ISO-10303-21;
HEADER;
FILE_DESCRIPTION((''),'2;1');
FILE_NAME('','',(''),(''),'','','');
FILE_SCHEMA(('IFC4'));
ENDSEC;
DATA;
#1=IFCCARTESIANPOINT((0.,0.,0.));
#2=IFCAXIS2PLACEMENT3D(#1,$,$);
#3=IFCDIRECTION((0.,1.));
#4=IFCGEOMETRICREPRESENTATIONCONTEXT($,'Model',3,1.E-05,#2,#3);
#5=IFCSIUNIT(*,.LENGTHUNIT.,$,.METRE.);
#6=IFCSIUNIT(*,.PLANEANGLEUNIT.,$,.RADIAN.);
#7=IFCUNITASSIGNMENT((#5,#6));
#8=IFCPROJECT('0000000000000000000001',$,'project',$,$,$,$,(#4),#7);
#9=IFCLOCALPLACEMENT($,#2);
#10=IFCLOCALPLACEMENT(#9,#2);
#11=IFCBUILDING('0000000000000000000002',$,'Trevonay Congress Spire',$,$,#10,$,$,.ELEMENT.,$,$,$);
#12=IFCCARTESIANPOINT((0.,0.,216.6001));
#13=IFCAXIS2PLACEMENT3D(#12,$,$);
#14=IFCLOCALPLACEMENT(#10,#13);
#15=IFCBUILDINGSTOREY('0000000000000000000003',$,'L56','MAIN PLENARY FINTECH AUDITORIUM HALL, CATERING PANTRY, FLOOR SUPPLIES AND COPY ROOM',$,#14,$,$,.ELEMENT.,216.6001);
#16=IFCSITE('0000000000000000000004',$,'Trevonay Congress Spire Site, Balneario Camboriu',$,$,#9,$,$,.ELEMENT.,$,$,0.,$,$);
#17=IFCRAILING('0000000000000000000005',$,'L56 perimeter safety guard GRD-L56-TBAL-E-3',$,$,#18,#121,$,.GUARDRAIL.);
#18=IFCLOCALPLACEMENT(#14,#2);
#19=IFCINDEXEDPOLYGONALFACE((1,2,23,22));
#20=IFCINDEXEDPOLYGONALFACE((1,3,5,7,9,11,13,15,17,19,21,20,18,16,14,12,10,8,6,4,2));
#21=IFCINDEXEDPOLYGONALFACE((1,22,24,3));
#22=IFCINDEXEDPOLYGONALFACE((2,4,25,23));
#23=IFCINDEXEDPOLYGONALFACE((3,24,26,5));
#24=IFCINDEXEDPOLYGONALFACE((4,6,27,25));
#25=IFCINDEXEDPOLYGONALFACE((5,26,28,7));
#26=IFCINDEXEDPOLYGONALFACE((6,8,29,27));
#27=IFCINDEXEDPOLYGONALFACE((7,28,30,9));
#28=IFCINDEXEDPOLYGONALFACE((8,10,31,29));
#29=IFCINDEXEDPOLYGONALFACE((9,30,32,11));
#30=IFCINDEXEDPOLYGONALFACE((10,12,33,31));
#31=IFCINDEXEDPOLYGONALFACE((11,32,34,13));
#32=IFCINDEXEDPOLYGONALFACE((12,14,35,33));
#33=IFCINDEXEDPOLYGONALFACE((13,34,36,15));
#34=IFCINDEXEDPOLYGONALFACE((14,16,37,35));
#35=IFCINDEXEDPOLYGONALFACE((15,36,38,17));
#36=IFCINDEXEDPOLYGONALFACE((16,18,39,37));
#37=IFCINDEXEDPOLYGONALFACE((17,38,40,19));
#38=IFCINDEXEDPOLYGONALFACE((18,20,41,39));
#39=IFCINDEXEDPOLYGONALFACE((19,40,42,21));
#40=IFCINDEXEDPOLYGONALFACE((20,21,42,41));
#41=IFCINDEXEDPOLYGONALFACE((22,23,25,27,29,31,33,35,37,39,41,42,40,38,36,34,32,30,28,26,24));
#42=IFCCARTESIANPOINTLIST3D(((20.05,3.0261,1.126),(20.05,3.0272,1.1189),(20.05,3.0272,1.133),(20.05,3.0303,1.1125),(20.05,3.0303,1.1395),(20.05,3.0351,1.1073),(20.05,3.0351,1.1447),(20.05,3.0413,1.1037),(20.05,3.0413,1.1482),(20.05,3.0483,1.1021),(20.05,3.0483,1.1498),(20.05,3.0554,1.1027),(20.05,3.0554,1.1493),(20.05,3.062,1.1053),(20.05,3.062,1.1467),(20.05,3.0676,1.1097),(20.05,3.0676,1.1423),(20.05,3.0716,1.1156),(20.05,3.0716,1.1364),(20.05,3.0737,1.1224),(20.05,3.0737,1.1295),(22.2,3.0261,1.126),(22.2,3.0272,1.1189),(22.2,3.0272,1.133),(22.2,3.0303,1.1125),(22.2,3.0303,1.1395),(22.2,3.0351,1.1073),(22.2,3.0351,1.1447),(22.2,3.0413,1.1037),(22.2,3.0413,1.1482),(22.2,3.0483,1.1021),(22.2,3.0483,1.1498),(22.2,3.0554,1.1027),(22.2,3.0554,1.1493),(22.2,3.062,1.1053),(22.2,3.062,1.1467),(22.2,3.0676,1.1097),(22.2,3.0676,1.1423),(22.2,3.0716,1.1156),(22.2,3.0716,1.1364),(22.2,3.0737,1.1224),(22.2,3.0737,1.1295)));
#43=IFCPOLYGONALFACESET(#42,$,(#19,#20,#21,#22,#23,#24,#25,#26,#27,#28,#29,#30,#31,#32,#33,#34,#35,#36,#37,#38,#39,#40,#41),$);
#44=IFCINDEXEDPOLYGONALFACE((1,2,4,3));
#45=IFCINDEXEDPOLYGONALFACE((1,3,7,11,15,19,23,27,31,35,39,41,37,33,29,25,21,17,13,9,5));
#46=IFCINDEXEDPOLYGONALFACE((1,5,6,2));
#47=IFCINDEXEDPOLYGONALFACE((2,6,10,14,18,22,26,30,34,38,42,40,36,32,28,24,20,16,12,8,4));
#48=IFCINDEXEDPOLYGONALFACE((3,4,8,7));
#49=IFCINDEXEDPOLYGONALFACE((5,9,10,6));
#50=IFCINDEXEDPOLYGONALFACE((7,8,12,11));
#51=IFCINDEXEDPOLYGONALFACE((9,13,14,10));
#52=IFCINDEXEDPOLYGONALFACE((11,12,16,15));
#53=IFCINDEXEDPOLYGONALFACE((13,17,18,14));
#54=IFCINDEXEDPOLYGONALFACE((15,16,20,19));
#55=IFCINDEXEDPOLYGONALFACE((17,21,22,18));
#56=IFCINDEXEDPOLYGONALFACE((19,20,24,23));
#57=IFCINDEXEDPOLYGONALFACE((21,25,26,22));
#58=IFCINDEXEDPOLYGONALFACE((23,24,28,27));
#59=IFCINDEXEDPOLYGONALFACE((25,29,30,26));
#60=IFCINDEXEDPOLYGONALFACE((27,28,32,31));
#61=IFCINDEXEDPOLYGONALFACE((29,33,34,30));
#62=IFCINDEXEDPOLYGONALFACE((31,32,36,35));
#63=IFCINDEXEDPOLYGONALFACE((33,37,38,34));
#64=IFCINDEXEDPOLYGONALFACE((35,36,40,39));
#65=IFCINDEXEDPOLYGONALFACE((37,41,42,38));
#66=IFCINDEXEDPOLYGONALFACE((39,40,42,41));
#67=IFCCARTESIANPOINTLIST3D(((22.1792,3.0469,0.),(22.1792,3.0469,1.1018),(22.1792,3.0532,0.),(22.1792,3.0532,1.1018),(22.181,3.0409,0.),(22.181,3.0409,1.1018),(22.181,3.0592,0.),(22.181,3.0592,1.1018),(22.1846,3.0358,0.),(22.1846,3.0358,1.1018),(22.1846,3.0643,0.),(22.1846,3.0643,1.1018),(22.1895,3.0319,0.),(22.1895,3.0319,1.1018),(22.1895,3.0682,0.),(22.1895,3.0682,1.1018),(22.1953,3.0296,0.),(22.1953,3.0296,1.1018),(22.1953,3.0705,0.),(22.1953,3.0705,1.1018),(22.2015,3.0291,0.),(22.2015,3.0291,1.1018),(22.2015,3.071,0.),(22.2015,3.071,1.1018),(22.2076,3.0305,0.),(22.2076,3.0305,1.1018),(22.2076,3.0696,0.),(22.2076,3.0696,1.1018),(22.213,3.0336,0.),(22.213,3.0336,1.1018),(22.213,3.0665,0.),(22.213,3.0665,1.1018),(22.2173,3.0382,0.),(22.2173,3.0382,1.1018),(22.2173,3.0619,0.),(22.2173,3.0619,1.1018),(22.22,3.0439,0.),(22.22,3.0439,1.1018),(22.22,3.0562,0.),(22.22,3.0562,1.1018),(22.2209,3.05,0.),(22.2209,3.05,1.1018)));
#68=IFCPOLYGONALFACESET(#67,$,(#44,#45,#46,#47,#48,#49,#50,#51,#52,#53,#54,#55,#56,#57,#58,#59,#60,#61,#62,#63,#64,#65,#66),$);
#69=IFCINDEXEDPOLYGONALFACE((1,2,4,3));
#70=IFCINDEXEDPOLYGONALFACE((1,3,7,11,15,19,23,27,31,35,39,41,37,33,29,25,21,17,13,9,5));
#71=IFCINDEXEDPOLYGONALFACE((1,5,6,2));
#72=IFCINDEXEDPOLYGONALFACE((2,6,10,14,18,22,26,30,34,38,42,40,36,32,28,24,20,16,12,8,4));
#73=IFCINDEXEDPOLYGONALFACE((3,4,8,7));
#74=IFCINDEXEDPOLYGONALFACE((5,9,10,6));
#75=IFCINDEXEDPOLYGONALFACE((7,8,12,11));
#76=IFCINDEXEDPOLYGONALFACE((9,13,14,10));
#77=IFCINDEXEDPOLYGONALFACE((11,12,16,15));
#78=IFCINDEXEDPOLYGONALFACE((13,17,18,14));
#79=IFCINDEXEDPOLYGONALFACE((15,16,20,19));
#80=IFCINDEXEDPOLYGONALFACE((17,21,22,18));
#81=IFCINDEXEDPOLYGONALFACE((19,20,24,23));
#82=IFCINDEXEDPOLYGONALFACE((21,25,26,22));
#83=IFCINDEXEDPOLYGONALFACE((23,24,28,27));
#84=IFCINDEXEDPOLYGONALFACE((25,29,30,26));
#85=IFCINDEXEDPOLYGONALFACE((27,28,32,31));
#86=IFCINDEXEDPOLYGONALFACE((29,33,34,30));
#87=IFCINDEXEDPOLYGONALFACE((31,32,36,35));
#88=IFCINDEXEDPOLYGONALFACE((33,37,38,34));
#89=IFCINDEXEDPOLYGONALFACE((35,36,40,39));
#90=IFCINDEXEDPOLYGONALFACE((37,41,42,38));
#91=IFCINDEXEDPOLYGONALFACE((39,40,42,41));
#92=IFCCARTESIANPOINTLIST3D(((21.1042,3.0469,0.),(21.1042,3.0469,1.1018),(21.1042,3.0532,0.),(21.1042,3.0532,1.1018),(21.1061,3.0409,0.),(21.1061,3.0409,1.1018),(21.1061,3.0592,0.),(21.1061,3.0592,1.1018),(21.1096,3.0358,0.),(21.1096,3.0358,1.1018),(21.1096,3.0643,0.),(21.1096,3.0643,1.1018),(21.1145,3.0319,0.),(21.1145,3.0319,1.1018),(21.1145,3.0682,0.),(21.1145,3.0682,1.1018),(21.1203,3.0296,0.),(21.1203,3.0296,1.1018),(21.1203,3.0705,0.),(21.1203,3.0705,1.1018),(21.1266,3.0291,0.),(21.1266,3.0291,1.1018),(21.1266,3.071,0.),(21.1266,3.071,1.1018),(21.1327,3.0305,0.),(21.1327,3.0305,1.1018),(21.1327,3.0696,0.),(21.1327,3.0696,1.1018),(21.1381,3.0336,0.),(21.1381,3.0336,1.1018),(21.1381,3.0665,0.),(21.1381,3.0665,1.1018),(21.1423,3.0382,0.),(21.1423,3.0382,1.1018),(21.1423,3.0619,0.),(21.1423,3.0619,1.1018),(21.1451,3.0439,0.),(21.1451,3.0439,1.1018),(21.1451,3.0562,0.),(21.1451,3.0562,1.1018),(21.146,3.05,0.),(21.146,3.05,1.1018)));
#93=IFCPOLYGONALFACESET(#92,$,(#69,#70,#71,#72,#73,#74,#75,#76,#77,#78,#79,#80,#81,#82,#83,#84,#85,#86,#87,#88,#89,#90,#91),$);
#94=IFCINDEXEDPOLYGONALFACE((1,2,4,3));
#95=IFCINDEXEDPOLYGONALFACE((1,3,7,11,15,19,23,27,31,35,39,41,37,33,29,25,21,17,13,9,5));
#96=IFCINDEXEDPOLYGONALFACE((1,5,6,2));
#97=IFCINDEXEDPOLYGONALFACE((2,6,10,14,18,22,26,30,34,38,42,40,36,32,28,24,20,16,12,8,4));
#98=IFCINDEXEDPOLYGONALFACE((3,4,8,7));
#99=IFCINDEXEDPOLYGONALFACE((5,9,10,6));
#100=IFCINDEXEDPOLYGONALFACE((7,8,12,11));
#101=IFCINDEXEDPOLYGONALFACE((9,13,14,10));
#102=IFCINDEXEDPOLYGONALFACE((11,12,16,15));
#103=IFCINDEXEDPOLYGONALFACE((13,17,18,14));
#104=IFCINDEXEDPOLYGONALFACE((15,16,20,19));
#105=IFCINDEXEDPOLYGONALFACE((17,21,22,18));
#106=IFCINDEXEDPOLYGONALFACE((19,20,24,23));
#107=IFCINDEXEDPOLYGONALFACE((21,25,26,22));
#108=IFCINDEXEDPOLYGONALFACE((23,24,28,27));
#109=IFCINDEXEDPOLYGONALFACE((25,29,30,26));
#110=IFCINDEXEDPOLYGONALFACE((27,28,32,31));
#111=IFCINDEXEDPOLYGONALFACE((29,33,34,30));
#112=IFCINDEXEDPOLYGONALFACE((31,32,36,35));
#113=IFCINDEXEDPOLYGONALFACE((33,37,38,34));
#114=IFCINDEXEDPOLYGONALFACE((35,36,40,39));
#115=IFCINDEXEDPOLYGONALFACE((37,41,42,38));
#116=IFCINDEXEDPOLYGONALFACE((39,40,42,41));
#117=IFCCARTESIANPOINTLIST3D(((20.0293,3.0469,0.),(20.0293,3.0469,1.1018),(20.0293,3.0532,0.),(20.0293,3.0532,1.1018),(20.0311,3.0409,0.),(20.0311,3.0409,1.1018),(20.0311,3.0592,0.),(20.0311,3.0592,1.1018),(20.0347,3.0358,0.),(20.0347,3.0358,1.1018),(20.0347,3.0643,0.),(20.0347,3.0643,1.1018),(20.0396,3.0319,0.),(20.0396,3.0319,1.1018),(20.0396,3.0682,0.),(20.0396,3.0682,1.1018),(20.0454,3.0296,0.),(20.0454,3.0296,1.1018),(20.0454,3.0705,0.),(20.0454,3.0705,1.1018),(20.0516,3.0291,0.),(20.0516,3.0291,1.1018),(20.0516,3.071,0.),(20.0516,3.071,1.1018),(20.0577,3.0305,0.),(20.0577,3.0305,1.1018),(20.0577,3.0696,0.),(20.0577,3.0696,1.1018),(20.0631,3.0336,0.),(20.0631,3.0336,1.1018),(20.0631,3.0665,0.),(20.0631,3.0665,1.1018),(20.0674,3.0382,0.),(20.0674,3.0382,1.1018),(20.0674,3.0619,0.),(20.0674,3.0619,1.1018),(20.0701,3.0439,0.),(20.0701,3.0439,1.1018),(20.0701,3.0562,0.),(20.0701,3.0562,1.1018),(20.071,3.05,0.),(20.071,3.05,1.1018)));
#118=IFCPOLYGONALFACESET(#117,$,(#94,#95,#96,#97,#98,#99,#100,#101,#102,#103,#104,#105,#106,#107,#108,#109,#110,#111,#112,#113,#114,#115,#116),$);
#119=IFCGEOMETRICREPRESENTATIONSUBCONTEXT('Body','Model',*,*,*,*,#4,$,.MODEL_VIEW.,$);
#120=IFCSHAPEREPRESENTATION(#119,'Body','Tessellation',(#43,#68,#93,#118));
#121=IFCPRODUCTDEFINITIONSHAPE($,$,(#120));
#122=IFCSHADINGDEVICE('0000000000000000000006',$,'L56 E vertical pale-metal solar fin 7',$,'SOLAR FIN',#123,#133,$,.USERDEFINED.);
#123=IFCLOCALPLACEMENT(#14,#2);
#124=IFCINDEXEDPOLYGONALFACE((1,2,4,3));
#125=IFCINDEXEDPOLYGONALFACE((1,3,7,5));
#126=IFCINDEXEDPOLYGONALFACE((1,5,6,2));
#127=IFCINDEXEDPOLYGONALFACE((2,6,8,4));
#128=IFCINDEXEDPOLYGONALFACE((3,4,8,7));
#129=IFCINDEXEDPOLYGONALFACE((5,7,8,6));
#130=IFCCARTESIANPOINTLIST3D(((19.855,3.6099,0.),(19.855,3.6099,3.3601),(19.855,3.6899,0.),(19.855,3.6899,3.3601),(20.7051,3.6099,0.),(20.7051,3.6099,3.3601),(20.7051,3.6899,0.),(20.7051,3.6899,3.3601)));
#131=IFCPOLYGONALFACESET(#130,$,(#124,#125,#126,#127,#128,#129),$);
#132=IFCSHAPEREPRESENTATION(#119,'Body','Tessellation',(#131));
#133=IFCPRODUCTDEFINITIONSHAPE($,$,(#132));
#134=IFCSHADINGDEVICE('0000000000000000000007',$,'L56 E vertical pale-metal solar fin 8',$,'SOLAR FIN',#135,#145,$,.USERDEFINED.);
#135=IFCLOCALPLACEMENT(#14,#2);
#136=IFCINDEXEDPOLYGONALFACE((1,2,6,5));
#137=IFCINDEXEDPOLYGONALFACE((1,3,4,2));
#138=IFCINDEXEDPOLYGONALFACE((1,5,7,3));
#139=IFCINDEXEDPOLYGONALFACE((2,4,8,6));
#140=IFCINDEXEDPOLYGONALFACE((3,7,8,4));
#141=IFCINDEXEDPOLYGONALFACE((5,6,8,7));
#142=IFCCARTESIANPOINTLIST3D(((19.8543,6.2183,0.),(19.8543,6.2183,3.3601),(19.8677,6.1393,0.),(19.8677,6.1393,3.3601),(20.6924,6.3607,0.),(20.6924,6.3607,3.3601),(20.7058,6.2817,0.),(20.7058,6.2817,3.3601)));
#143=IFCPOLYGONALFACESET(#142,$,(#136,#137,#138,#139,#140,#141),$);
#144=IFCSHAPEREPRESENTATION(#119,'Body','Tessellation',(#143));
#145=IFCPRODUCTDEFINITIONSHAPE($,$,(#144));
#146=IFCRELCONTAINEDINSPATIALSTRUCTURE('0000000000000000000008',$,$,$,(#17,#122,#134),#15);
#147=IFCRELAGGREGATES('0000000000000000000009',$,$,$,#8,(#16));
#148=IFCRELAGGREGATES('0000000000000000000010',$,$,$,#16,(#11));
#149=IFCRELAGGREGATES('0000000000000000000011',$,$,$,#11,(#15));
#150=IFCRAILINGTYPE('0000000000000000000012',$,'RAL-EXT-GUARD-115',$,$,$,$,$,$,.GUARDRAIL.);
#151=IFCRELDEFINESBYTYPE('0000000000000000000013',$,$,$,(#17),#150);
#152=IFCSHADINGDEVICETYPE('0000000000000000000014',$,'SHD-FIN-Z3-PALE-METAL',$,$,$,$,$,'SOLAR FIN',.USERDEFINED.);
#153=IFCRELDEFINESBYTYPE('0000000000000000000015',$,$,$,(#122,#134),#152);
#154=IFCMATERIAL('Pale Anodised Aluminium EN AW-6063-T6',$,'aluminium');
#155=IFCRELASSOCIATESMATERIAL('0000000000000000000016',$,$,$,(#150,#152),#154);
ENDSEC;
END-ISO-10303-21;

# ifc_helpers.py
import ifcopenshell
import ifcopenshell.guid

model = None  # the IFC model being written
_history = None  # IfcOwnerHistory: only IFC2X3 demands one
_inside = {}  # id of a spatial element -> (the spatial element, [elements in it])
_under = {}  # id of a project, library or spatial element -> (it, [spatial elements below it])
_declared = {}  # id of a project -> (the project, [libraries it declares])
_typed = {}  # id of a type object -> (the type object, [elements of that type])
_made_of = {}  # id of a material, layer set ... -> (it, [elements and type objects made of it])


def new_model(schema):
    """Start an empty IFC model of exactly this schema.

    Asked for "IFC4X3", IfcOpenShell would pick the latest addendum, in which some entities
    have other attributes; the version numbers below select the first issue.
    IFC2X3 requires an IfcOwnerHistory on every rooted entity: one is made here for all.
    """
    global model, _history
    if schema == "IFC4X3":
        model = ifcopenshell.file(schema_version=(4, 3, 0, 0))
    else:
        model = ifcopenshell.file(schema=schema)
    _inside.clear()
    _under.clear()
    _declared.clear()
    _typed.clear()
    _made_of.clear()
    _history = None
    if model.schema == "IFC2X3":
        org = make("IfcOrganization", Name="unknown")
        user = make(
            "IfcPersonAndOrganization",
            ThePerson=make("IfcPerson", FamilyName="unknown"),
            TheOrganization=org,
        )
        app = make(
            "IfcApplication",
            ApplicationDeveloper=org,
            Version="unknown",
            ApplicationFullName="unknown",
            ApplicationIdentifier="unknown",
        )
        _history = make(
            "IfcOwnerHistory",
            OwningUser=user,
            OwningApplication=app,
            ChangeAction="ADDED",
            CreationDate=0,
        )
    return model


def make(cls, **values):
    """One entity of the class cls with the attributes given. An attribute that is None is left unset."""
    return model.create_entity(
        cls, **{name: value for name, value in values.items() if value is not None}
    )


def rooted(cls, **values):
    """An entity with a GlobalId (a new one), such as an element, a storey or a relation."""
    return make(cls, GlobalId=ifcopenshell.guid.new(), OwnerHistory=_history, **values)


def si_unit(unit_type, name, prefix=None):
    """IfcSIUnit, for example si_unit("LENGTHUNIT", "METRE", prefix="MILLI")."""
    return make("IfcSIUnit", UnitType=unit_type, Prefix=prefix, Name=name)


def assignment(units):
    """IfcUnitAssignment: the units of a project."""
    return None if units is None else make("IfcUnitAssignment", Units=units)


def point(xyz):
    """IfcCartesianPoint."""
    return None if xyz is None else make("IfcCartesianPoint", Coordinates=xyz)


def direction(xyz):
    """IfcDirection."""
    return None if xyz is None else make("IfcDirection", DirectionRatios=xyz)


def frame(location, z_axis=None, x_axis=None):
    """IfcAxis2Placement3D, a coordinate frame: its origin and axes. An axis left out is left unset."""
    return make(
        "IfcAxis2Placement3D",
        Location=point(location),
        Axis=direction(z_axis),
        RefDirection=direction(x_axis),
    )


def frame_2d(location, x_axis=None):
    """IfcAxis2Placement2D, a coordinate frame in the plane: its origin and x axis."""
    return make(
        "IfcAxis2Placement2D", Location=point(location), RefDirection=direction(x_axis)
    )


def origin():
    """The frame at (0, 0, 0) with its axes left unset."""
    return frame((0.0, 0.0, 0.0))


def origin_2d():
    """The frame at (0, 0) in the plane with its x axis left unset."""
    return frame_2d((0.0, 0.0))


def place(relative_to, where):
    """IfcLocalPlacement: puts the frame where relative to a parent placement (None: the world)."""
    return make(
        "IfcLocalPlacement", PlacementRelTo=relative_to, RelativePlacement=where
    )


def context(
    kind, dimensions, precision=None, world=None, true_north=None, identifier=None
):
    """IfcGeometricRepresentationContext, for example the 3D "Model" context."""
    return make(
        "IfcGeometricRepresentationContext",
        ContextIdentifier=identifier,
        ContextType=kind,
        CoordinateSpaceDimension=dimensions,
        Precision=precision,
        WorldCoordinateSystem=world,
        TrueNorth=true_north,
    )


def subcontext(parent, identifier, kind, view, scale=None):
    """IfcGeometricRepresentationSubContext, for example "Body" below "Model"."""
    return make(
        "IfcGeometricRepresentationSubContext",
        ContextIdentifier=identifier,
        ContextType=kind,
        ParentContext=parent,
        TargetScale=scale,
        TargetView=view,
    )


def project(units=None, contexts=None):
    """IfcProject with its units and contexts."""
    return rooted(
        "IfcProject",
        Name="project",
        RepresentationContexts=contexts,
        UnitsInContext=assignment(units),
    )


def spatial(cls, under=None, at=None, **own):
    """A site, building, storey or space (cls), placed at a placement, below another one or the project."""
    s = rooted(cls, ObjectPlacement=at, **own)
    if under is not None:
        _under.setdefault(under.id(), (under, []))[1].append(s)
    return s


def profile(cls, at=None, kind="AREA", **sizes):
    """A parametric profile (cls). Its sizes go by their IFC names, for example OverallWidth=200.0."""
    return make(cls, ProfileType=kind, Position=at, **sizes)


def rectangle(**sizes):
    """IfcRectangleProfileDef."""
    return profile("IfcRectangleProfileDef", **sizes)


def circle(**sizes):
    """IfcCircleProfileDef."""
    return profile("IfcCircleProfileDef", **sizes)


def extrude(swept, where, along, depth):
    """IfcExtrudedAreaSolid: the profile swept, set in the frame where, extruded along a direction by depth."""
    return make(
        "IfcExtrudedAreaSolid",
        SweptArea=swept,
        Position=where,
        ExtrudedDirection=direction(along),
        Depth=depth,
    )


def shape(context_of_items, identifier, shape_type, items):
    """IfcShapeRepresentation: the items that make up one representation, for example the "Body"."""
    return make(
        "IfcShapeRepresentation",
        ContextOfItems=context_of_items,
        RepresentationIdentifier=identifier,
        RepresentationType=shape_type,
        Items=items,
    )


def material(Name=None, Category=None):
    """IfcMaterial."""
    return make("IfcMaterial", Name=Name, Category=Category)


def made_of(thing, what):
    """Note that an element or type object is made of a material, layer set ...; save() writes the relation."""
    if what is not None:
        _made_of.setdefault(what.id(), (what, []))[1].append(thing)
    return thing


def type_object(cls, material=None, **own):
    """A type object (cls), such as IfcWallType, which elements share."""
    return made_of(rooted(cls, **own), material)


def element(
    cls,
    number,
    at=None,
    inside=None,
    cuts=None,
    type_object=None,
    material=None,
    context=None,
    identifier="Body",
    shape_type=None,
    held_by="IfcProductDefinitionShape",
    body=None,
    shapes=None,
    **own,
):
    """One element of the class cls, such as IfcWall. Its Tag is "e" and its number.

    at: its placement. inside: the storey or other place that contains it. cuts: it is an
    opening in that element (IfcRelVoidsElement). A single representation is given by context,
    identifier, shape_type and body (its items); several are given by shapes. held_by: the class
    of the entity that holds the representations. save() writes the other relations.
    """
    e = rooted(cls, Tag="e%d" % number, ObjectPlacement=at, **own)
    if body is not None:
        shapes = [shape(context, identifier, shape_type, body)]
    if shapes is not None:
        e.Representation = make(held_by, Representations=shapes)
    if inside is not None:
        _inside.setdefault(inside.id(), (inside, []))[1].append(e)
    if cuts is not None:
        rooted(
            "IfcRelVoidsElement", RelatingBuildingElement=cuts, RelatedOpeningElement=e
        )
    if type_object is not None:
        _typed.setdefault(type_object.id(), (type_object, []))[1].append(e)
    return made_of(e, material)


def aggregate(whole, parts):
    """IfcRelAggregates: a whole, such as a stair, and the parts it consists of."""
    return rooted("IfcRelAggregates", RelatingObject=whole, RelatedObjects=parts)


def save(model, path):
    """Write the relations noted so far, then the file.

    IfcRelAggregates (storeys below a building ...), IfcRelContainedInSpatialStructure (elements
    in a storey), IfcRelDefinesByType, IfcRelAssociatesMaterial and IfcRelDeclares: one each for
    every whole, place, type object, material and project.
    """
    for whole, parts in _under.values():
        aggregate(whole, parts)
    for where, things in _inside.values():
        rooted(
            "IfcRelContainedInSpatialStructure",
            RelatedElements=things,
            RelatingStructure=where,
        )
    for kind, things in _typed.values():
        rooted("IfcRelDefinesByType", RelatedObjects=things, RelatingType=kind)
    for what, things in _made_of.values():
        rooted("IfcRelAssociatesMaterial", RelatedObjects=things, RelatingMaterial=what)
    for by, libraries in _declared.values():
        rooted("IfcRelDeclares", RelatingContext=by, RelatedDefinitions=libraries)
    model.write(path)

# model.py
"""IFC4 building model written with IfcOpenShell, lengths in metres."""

from ifc_helpers import new_model, si_unit, direction, frame, origin, origin_2d, place, context, subcontext, project, spatial, rectangle, circle, extrude, material, type_object, element, save


model = new_model("IFC4")

# Units and contexts
model_context = context("Model", 3, precision=1e-05, world=origin(), true_north=direction((0.0, 1.0)))
body_context = subcontext(model_context, "Body", "Model", "MODEL_VIEW")
ifc_project = project(units=[si_unit("LENGTHUNIT", "METRE"), si_unit("PLANEANGLEUNIT", "RADIAN")], contexts=[model_context])

# Site, building, storey
site_placement = place(None, origin())
site = spatial("IfcSite", under=ifc_project, at=site_placement, Name="Trevonay Congress Spire Site, Balneario Camboriu", CompositionType="ELEMENT", RefElevation=0.0)
building_placement = place(site_placement, origin())
building = spatial("IfcBuilding", under=site, at=building_placement, Name="Trevonay Congress Spire", CompositionType="ELEMENT")
storey_placement = place(building_placement, frame((0.0, 0.0, 216.6001)))
storey = spatial("IfcBuildingStorey", under=building, at=storey_placement, Name="L56", Description="MAIN PLENARY FINTECH AUDITORIUM HALL, CATERING PANTRY, FLOOR SUPPLIES AND COPY ROOM", CompositionType="ELEMENT", Elevation=216.6001)

# Shared definitions
ifc_material_1 = material(Name="Pale Anodised Aluminium EN AW-6063-T6", Category="aluminium")

# Railing
railing_type = type_object("IfcRailingType", Name="RAL-EXT-GUARD-115", PredefinedType="GUARDRAIL", material=ifc_material_1)
railing_placement = place(storey_placement, frame((22.2, 3.05, 0.0)))
element("IfcRailing", 1, at=railing_placement, inside=storey, type_object=railing_type, Name="L56 perimeter safety guard GRD-L56-TBAL-E-3", PredefinedType="GUARDRAIL", context=body_context, shape_type="SweptSolid", body=[
    extrude(circle(Radius=0.0239, at=origin_2d()), frame((0.0, 0.0, 1.126), z_axis=(-1.0, 0.0, 0.0), x_axis=(0.0, -1.0, 0.0)), (0.0, 0.0, 1.0), 2.1499),
    extrude(circle(Radius=0.021, at=origin_2d()), origin(), (0.0, 0.0, 1.0), 1.1018),
    extrude(circle(Radius=0.021, at=origin_2d()), frame((-1.075, 0.0, 0.0)), (0.0, 0.0, 1.0), 1.1018),
    extrude(circle(Radius=0.021, at=origin_2d()), frame((-2.1499, 0.0, 0.0)), (0.0, 0.0, 1.0), 1.1018),
])

# Shading devices
shading_device_type = type_object("IfcShadingDeviceType", Name="SHD-FIN-Z3-PALE-METAL", ElementType="SOLAR FIN", PredefinedType="USERDEFINED", material=ifc_material_1)
for number, where, z_axis, x_axis, name in (
    (2, (20.28, 3.6499, 0.0), (0.0, 0.0, 1.0), (0.0, 1.0, 0.0), "L56 E vertical pale-metal solar fin 7"),
    (3, (20.28, 6.25, 0.0), (0.0, 0.0, 1.0), (-0.167457, 0.985879, 0.0), "L56 E vertical pale-metal solar fin 8"),
):
    element("IfcShadingDevice", number, at=place(storey_placement, frame(where, z_axis=z_axis, x_axis=x_axis)), inside=storey, type_object=shading_device_type, Name=name, ObjectType="SOLAR FIN", PredefinedType="USERDEFINED", context=body_context, shape_type="SweptSolid", body=[
        extrude(rectangle(XDim=0.0801, YDim=0.8501, at=origin_2d()), origin(), (0.0, 0.0, 1.0), 3.3601),
    ])

save(model, "model.ifc")
